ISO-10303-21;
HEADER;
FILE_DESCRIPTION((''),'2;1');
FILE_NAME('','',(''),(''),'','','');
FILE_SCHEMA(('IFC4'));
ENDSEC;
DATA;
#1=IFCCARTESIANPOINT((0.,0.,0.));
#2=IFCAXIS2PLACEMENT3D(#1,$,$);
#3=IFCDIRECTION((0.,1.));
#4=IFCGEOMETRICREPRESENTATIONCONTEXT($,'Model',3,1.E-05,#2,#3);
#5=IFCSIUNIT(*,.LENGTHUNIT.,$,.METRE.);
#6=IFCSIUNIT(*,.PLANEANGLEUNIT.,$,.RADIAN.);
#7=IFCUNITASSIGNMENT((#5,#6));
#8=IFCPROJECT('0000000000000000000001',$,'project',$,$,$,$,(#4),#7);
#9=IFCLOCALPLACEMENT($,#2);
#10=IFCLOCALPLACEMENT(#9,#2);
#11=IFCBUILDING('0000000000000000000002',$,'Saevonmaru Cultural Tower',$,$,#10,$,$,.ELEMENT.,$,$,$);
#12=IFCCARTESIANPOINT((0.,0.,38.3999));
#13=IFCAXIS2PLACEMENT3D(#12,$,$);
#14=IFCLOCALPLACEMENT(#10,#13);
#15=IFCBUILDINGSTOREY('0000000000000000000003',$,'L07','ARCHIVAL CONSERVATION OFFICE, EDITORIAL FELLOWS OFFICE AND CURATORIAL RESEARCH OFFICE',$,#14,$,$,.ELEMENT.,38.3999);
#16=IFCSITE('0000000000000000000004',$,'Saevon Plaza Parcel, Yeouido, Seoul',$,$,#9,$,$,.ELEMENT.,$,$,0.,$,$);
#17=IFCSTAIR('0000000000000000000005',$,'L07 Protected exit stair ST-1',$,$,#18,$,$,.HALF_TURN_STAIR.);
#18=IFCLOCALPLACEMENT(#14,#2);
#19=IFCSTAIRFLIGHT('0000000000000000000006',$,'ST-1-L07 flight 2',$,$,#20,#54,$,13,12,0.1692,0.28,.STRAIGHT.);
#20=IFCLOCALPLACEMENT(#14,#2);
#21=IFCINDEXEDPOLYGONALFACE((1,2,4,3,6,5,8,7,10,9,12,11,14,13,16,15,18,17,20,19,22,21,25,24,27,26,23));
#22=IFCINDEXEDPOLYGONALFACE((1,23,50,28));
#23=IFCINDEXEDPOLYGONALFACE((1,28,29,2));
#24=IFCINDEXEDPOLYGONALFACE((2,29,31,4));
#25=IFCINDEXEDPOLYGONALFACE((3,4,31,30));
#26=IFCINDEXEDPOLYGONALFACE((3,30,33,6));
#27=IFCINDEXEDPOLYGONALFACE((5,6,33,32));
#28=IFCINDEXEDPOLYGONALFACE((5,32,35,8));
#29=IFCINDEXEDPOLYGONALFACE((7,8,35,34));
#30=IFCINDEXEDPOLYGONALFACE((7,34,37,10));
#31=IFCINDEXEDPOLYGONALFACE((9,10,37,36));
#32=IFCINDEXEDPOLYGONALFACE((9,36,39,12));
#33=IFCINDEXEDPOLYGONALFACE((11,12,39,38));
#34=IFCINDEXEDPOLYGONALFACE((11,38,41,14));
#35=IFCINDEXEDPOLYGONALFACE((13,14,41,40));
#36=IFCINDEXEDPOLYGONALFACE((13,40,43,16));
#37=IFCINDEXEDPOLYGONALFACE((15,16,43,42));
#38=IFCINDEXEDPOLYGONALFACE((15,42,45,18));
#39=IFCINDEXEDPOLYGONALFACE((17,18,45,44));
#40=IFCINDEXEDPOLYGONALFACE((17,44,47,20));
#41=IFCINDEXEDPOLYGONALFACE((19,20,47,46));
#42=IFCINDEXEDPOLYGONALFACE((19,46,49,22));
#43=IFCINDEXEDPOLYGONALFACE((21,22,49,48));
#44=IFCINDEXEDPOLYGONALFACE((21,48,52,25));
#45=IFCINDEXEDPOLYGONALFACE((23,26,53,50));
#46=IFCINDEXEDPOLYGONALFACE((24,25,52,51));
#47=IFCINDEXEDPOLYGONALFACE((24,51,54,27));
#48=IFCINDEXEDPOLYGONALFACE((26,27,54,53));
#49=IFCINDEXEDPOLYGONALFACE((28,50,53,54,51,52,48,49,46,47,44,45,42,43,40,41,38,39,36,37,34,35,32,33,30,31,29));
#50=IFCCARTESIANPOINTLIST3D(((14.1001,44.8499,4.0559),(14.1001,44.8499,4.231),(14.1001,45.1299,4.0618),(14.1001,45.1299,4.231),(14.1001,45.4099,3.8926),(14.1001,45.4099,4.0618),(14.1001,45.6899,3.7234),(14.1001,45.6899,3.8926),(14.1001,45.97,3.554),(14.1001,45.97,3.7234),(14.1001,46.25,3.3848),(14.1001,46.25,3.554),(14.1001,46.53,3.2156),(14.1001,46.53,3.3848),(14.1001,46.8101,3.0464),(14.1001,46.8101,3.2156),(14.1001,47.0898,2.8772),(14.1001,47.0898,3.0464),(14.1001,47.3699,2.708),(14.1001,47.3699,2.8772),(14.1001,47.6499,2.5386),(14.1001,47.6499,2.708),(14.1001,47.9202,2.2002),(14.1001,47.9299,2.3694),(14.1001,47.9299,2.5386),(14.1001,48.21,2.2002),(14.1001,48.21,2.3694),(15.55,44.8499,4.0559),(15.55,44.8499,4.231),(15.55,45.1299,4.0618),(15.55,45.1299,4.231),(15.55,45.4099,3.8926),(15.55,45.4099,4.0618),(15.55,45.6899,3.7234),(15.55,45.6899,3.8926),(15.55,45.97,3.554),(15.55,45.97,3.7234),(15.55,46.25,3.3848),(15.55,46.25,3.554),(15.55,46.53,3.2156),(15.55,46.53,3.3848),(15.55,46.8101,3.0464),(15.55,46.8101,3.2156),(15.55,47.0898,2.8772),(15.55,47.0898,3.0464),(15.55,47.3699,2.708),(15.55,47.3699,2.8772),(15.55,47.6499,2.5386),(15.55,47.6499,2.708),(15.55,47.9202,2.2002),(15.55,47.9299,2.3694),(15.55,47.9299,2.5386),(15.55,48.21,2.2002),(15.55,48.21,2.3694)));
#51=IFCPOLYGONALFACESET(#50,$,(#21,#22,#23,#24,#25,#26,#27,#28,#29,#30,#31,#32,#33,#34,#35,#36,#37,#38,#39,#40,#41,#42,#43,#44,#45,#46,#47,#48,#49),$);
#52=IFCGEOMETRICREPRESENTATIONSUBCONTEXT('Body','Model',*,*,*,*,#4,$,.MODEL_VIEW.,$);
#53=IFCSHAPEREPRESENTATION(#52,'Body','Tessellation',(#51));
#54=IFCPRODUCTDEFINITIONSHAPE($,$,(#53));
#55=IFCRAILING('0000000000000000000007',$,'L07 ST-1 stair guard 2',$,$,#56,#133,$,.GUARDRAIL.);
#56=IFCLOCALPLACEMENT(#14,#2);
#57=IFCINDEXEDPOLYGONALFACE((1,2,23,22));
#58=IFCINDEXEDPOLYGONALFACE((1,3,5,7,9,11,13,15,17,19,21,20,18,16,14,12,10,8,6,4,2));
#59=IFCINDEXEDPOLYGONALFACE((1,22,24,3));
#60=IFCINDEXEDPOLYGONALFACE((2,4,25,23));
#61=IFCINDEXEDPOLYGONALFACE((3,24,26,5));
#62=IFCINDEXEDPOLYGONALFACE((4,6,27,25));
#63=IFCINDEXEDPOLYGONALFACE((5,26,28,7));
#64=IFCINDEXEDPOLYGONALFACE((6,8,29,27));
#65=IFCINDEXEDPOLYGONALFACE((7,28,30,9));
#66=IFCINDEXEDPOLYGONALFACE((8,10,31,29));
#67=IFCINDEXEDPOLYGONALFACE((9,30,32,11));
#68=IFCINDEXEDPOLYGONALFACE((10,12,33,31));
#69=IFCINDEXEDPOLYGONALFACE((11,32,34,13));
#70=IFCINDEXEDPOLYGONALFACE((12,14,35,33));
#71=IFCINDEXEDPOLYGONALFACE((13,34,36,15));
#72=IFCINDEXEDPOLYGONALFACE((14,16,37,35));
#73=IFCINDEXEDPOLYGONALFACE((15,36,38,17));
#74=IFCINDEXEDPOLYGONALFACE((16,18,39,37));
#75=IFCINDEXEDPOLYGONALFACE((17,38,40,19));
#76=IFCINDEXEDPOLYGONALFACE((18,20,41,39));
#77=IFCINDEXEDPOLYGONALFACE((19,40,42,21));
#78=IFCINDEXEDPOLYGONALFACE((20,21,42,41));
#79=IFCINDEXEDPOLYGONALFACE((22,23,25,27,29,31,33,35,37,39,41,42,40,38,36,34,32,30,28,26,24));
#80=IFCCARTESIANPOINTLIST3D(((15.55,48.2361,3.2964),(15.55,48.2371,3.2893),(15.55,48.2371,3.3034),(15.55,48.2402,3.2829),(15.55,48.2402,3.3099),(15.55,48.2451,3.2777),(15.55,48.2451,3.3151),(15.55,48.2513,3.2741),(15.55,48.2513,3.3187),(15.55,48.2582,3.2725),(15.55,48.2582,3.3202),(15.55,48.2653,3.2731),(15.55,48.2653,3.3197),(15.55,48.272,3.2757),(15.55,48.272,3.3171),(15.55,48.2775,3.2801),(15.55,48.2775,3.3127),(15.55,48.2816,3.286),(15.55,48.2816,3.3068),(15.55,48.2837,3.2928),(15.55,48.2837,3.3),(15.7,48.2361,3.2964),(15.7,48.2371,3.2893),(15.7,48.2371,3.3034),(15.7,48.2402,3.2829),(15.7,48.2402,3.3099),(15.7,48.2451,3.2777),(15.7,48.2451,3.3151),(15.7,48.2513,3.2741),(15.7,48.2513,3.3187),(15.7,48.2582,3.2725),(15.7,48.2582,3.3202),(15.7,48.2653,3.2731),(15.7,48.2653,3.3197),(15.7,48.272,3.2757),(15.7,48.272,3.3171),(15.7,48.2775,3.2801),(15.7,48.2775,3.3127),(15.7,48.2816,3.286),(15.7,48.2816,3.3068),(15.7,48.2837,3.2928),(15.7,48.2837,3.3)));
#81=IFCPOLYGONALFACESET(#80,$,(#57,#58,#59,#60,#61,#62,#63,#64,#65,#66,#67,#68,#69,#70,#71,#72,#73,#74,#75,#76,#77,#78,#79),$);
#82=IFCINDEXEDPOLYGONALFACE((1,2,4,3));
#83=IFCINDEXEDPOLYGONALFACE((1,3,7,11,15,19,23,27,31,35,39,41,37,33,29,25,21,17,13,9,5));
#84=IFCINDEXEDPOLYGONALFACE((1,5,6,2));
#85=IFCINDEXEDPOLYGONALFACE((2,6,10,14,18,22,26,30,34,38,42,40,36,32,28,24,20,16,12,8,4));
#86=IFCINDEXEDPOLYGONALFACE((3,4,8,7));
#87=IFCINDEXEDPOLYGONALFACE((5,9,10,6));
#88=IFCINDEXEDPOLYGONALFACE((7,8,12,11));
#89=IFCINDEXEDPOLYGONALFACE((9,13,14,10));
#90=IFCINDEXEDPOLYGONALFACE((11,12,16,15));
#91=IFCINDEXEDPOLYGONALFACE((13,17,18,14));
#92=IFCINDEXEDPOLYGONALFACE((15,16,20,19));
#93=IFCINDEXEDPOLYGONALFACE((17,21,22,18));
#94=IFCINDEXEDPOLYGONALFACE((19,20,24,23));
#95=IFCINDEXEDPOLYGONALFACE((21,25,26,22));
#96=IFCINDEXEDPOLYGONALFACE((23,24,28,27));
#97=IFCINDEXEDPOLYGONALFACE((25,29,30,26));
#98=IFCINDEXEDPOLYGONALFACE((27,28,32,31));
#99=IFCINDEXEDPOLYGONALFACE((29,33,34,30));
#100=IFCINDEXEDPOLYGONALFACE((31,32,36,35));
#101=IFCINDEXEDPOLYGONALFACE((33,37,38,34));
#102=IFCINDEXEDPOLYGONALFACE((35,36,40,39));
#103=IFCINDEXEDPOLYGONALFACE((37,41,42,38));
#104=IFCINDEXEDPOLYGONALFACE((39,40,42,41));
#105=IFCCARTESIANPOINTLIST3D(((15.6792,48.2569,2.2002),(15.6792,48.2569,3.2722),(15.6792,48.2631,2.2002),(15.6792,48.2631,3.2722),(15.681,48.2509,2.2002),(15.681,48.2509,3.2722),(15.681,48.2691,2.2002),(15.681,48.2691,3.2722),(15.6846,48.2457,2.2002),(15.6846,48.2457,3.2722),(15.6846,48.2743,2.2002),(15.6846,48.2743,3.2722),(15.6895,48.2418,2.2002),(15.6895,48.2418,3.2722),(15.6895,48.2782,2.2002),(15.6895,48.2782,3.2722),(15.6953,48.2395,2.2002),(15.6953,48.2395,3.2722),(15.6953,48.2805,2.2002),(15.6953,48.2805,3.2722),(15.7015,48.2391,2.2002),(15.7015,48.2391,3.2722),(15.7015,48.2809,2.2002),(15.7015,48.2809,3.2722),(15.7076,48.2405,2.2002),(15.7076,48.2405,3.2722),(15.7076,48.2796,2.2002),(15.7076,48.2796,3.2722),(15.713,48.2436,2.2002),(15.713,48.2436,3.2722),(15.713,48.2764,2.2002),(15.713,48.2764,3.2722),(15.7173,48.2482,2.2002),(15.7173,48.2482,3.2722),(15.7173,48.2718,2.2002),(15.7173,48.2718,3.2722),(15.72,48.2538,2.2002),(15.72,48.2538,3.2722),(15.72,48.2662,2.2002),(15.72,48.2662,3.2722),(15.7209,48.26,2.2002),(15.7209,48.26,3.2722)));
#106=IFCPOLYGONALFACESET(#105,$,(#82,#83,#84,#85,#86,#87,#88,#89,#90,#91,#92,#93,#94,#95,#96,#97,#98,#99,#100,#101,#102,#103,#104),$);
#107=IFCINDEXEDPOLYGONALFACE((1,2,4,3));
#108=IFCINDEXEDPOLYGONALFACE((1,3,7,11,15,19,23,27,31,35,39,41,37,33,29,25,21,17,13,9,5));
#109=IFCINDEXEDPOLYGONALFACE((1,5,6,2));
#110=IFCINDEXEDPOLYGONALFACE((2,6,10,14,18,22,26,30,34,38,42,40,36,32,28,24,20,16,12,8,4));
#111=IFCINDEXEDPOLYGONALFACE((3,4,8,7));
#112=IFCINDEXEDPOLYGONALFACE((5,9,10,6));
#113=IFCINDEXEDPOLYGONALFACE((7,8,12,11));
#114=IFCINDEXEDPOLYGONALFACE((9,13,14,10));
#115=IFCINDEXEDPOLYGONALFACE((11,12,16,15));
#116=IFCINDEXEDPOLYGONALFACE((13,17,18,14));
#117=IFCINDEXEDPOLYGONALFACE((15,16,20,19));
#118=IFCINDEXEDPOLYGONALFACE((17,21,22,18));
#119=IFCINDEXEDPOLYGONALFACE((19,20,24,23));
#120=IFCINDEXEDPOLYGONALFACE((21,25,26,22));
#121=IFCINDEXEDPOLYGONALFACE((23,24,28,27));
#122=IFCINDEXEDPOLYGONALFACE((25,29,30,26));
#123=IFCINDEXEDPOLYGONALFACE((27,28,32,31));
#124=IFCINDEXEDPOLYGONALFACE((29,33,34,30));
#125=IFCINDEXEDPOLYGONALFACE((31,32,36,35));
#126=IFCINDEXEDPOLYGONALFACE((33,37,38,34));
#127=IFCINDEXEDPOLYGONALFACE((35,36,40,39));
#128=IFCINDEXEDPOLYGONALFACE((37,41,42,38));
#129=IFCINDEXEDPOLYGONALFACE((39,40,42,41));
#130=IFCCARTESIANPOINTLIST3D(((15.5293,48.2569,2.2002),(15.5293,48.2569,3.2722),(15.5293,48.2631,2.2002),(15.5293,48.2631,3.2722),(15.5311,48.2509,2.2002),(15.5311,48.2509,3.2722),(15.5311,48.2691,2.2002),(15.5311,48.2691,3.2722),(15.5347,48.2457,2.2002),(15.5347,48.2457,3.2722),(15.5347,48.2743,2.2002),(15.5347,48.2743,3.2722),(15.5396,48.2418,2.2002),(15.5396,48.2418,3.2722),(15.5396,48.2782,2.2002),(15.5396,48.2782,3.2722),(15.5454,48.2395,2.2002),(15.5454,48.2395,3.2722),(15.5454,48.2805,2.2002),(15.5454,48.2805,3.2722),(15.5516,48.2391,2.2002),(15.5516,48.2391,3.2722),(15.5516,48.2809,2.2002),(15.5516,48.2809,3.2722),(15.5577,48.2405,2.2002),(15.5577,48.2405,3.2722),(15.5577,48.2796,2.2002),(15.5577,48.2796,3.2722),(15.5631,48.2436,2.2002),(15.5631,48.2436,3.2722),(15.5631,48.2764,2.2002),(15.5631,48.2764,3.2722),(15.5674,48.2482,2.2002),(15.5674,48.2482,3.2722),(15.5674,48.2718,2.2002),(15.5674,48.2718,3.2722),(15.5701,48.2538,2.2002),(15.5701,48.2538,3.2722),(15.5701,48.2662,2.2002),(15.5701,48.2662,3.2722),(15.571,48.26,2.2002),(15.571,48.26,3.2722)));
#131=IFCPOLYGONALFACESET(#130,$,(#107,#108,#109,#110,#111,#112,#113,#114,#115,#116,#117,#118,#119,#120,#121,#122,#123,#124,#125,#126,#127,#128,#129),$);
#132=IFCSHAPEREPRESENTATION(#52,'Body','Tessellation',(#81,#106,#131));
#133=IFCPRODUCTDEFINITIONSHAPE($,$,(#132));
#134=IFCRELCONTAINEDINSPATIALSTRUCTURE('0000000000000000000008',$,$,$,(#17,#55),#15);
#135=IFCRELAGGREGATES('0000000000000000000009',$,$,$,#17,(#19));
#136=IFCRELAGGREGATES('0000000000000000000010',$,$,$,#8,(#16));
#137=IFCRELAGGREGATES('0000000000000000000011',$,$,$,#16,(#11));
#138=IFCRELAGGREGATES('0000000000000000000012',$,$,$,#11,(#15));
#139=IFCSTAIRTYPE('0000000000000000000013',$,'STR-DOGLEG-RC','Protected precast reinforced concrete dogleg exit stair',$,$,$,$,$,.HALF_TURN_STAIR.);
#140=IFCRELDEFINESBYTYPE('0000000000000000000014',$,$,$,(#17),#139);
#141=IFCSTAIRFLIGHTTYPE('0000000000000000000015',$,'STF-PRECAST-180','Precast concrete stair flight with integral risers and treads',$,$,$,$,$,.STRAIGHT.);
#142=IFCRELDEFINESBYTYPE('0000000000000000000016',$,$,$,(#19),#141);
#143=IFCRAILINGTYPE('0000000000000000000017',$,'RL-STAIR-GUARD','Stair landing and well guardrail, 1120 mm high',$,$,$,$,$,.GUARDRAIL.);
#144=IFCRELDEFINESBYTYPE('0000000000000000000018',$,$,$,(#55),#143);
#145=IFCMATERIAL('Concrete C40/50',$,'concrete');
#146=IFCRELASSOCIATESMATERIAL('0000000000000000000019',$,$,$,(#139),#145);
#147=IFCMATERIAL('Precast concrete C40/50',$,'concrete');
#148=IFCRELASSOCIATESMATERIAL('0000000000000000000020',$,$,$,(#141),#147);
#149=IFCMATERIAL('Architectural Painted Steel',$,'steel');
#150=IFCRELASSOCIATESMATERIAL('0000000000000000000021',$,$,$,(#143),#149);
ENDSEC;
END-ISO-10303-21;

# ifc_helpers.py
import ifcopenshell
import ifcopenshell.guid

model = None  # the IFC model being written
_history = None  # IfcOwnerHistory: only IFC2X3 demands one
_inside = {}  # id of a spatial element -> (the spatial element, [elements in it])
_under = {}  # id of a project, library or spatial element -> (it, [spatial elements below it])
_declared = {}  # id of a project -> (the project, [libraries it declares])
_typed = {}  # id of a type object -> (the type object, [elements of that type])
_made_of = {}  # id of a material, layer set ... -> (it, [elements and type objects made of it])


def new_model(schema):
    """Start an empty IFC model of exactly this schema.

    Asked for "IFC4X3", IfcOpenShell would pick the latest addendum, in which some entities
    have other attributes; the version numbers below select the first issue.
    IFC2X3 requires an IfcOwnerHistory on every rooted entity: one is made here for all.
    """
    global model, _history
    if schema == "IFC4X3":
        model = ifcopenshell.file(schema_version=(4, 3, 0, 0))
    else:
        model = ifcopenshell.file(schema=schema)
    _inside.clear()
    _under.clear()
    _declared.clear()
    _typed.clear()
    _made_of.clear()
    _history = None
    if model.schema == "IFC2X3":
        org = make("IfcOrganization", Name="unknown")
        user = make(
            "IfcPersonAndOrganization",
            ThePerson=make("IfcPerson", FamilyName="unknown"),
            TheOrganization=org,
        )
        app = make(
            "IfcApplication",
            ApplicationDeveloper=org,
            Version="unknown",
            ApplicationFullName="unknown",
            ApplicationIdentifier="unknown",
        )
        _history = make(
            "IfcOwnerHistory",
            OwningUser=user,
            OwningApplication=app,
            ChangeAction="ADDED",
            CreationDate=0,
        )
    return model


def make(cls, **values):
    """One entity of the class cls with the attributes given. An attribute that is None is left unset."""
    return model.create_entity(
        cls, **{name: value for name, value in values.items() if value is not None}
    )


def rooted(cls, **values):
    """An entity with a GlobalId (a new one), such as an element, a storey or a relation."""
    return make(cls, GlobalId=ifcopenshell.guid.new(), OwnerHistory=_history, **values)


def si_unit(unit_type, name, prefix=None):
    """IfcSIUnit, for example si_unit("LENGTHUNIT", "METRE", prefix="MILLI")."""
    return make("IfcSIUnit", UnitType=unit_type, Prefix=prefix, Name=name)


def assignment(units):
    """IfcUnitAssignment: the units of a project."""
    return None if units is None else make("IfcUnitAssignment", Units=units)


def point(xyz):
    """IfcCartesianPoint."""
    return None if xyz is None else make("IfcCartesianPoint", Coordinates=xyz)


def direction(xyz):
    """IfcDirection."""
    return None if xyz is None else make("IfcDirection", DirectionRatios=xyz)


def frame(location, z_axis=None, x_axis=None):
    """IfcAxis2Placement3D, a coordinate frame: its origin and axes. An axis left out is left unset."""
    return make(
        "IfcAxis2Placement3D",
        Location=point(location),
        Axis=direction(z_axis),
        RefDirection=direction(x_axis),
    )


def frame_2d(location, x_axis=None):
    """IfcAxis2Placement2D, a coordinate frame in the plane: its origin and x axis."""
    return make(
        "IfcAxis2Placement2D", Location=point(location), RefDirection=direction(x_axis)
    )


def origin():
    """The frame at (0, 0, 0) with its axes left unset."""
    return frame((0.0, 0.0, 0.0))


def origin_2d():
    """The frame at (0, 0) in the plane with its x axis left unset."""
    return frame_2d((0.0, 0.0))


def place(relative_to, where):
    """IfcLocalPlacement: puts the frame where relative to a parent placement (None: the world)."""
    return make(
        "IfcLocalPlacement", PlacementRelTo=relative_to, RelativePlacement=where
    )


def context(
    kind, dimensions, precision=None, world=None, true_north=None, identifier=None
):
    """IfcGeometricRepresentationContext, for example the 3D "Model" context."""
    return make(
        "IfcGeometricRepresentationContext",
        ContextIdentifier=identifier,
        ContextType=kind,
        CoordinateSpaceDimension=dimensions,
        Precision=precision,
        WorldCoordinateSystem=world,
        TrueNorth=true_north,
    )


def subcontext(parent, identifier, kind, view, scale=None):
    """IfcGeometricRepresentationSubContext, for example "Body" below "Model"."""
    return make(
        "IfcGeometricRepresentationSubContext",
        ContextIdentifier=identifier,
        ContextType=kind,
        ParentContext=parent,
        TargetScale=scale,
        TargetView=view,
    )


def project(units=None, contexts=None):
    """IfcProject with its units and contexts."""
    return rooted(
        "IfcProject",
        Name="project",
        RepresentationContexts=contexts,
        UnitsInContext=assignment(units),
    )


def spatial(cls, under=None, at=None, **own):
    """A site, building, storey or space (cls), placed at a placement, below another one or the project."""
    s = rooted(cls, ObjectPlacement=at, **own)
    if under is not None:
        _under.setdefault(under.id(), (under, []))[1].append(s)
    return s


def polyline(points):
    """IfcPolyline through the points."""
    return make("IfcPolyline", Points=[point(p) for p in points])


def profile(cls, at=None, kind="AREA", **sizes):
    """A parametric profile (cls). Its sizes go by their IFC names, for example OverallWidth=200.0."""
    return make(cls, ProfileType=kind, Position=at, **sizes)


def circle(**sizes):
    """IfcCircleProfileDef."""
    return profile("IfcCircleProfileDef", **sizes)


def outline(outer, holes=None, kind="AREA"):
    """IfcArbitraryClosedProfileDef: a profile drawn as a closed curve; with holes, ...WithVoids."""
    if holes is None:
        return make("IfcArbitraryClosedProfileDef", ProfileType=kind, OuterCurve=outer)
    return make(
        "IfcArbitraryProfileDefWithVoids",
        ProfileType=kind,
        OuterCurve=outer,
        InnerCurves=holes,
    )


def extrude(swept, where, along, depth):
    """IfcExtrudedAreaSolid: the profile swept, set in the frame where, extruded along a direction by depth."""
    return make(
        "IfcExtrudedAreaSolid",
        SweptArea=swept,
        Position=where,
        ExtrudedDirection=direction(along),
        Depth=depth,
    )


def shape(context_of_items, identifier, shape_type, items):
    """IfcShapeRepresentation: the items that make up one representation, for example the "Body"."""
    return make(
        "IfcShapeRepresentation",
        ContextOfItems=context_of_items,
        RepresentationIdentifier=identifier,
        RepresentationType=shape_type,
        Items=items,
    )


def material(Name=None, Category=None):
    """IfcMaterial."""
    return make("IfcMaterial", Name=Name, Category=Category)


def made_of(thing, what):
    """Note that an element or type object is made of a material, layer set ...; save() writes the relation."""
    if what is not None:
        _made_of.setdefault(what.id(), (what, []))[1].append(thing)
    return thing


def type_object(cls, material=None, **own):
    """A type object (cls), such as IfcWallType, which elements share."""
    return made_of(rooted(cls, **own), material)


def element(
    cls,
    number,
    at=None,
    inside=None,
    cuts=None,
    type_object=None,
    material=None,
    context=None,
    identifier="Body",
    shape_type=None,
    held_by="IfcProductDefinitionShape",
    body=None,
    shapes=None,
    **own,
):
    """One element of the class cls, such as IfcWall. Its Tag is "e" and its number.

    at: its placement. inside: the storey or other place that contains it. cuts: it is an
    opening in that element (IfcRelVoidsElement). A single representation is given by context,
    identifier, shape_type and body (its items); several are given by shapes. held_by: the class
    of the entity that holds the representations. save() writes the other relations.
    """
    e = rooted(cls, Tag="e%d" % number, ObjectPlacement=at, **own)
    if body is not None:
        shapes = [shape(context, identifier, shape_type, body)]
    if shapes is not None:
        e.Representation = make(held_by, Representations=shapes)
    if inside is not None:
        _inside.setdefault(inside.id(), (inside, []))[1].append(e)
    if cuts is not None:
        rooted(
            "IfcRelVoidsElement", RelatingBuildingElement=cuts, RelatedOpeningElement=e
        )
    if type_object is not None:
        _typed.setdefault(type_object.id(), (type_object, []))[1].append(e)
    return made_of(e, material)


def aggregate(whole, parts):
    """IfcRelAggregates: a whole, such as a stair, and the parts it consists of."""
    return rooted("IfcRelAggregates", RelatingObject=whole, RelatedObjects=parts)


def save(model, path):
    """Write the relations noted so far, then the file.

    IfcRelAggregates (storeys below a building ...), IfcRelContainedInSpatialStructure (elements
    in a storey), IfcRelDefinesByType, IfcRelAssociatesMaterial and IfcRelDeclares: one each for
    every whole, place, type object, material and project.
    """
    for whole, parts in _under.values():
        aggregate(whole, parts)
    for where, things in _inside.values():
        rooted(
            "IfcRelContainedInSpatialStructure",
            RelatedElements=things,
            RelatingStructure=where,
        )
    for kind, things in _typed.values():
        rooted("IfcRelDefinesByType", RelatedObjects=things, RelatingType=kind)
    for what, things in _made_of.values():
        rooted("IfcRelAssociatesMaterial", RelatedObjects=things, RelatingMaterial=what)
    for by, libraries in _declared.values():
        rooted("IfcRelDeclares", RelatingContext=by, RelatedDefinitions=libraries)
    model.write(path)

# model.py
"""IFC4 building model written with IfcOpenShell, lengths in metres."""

from ifc_helpers import new_model, si_unit, direction, frame, origin, origin_2d, place, context, subcontext, project, spatial, polyline, circle, outline, extrude, material, type_object, element, aggregate, save


model = new_model("IFC4")

# Units and contexts
model_context = context("Model", 3, precision=1e-05, world=origin(), true_north=direction((0.0, 1.0)))
body_context = subcontext(model_context, "Body", "Model", "MODEL_VIEW")
ifc_project = project(units=[si_unit("LENGTHUNIT", "METRE"), si_unit("PLANEANGLEUNIT", "RADIAN")], contexts=[model_context])

# Site, building, storey
site_placement = place(None, origin())
site = spatial("IfcSite", under=ifc_project, at=site_placement, Name="Saevon Plaza Parcel, Yeouido, Seoul", CompositionType="ELEMENT", RefElevation=0.0)
building_placement = place(site_placement, origin())
building = spatial("IfcBuilding", under=site, at=building_placement, Name="Saevonmaru Cultural Tower", CompositionType="ELEMENT")
storey_placement = place(building_placement, frame((0.0, 0.0, 38.3999)))
storey = spatial("IfcBuildingStorey", under=building, at=storey_placement, Name="L07", Description="ARCHIVAL CONSERVATION OFFICE, EDITORIAL FELLOWS OFFICE AND CURATORIAL RESEARCH OFFICE", CompositionType="ELEMENT", Elevation=38.3999)

# Shared definitions
ifc_material_1 = material(Name="Concrete C40/50", Category="concrete")

# Stair, stair flight
stair_type = type_object("IfcStairType", Name="STR-DOGLEG-RC", Description="Protected precast reinforced concrete dogleg exit stair", PredefinedType="HALF_TURN_STAIR", material=ifc_material_1)
stair_placement = place(storey_placement, origin())
stair = element("IfcStair", 1, at=stair_placement, inside=storey, type_object=stair_type, Name="L07 Protected exit stair ST-1", PredefinedType="HALF_TURN_STAIR")
ifc_material_2 = material(Name="Precast concrete C40/50", Category="concrete")
stair_flight_type = type_object("IfcStairFlightType", Name="STF-PRECAST-180", Description="Precast concrete stair flight with integral risers and treads", PredefinedType="STRAIGHT", material=ifc_material_2)
stair_flight_placement = place(storey_placement, frame((14.825, 48.21, 2.2002), z_axis=(0.0, 0.0, 1.0), x_axis=(0.0, -1.0, 0.0)))
stair_flight = element("IfcStairFlight", 2, at=stair_flight_placement, type_object=stair_flight_type, Name="ST-1-L07 flight 2", NumberOfRisers=13, NumberOfTreads=12, PredefinedType="STRAIGHT", RiserHeight=0.1692, TreadLength=0.28, context=body_context, shape_type="SweptSolid", body=[
    extrude(outline(polyline([(0.0, 0.0), (0.0, 0.1692), (0.28, 0.1692), (0.28, 0.3384), (0.5601, 0.3384), (0.5601, 0.5078), (0.8401, 0.5078), (0.8401, 0.677), (1.1201, 0.677), (1.1201, 0.8462), (1.3999, 0.8462), (1.3999, 1.0154), (1.6799, 1.0154), (1.6799, 1.1846), (1.96, 1.1846), (1.96, 1.3538), (2.24, 1.3538), (2.24, 1.5232), (2.52, 1.5232), (2.52, 1.6924), (2.8, 1.6924), (2.8, 1.8616), (3.0801, 1.8616), (3.0801, 2.0308), (3.3601, 2.0308), (3.3601, 2.2), (3.3601, 1.8557), (0.2898, 0.0), (0.0, 0.0)])), frame((0.0, 0.7251, 0.0), z_axis=(0.0, -1.0, 0.0), x_axis=(1.0, 0.0, 0.0)), (0.0, 0.0, 1.0), 1.45),
])
aggregate(stair, [stair_flight])

# Railing
ifc_material_3 = material(Name="Architectural Painted Steel", Category="steel")
railing_type_1 = type_object("IfcRailingType", Name="RL-STAIR-GUARD", Description="Stair landing and well guardrail, 1120 mm high", PredefinedType="GUARDRAIL", material=ifc_material_3)
railing_1_placement = place(storey_placement, frame((15.7, 48.26, 2.2002)))
element("IfcRailing", 3, at=railing_1_placement, inside=storey, type_object=railing_type_1, Name="L07 ST-1 stair guard 2", PredefinedType="GUARDRAIL", context=body_context, shape_type="SweptSolid", body=[
    extrude(circle(Radius=0.0239, at=origin_2d()), frame((0.0, 0.0, 1.0962), z_axis=(-1.0, 0.0, 0.0), x_axis=(0.0, -1.0, 0.0)), (0.0, 0.0, 1.0), 0.1499),
    extrude(circle(Radius=0.021, at=origin_2d()), origin(), (0.0, 0.0, 1.0), 1.072),
    extrude(circle(Radius=0.021, at=origin_2d()), frame((-0.1499, 0.0, 0.0)), (0.0, 0.0, 1.0), 1.072),
])

save(model, "model.ifc")
